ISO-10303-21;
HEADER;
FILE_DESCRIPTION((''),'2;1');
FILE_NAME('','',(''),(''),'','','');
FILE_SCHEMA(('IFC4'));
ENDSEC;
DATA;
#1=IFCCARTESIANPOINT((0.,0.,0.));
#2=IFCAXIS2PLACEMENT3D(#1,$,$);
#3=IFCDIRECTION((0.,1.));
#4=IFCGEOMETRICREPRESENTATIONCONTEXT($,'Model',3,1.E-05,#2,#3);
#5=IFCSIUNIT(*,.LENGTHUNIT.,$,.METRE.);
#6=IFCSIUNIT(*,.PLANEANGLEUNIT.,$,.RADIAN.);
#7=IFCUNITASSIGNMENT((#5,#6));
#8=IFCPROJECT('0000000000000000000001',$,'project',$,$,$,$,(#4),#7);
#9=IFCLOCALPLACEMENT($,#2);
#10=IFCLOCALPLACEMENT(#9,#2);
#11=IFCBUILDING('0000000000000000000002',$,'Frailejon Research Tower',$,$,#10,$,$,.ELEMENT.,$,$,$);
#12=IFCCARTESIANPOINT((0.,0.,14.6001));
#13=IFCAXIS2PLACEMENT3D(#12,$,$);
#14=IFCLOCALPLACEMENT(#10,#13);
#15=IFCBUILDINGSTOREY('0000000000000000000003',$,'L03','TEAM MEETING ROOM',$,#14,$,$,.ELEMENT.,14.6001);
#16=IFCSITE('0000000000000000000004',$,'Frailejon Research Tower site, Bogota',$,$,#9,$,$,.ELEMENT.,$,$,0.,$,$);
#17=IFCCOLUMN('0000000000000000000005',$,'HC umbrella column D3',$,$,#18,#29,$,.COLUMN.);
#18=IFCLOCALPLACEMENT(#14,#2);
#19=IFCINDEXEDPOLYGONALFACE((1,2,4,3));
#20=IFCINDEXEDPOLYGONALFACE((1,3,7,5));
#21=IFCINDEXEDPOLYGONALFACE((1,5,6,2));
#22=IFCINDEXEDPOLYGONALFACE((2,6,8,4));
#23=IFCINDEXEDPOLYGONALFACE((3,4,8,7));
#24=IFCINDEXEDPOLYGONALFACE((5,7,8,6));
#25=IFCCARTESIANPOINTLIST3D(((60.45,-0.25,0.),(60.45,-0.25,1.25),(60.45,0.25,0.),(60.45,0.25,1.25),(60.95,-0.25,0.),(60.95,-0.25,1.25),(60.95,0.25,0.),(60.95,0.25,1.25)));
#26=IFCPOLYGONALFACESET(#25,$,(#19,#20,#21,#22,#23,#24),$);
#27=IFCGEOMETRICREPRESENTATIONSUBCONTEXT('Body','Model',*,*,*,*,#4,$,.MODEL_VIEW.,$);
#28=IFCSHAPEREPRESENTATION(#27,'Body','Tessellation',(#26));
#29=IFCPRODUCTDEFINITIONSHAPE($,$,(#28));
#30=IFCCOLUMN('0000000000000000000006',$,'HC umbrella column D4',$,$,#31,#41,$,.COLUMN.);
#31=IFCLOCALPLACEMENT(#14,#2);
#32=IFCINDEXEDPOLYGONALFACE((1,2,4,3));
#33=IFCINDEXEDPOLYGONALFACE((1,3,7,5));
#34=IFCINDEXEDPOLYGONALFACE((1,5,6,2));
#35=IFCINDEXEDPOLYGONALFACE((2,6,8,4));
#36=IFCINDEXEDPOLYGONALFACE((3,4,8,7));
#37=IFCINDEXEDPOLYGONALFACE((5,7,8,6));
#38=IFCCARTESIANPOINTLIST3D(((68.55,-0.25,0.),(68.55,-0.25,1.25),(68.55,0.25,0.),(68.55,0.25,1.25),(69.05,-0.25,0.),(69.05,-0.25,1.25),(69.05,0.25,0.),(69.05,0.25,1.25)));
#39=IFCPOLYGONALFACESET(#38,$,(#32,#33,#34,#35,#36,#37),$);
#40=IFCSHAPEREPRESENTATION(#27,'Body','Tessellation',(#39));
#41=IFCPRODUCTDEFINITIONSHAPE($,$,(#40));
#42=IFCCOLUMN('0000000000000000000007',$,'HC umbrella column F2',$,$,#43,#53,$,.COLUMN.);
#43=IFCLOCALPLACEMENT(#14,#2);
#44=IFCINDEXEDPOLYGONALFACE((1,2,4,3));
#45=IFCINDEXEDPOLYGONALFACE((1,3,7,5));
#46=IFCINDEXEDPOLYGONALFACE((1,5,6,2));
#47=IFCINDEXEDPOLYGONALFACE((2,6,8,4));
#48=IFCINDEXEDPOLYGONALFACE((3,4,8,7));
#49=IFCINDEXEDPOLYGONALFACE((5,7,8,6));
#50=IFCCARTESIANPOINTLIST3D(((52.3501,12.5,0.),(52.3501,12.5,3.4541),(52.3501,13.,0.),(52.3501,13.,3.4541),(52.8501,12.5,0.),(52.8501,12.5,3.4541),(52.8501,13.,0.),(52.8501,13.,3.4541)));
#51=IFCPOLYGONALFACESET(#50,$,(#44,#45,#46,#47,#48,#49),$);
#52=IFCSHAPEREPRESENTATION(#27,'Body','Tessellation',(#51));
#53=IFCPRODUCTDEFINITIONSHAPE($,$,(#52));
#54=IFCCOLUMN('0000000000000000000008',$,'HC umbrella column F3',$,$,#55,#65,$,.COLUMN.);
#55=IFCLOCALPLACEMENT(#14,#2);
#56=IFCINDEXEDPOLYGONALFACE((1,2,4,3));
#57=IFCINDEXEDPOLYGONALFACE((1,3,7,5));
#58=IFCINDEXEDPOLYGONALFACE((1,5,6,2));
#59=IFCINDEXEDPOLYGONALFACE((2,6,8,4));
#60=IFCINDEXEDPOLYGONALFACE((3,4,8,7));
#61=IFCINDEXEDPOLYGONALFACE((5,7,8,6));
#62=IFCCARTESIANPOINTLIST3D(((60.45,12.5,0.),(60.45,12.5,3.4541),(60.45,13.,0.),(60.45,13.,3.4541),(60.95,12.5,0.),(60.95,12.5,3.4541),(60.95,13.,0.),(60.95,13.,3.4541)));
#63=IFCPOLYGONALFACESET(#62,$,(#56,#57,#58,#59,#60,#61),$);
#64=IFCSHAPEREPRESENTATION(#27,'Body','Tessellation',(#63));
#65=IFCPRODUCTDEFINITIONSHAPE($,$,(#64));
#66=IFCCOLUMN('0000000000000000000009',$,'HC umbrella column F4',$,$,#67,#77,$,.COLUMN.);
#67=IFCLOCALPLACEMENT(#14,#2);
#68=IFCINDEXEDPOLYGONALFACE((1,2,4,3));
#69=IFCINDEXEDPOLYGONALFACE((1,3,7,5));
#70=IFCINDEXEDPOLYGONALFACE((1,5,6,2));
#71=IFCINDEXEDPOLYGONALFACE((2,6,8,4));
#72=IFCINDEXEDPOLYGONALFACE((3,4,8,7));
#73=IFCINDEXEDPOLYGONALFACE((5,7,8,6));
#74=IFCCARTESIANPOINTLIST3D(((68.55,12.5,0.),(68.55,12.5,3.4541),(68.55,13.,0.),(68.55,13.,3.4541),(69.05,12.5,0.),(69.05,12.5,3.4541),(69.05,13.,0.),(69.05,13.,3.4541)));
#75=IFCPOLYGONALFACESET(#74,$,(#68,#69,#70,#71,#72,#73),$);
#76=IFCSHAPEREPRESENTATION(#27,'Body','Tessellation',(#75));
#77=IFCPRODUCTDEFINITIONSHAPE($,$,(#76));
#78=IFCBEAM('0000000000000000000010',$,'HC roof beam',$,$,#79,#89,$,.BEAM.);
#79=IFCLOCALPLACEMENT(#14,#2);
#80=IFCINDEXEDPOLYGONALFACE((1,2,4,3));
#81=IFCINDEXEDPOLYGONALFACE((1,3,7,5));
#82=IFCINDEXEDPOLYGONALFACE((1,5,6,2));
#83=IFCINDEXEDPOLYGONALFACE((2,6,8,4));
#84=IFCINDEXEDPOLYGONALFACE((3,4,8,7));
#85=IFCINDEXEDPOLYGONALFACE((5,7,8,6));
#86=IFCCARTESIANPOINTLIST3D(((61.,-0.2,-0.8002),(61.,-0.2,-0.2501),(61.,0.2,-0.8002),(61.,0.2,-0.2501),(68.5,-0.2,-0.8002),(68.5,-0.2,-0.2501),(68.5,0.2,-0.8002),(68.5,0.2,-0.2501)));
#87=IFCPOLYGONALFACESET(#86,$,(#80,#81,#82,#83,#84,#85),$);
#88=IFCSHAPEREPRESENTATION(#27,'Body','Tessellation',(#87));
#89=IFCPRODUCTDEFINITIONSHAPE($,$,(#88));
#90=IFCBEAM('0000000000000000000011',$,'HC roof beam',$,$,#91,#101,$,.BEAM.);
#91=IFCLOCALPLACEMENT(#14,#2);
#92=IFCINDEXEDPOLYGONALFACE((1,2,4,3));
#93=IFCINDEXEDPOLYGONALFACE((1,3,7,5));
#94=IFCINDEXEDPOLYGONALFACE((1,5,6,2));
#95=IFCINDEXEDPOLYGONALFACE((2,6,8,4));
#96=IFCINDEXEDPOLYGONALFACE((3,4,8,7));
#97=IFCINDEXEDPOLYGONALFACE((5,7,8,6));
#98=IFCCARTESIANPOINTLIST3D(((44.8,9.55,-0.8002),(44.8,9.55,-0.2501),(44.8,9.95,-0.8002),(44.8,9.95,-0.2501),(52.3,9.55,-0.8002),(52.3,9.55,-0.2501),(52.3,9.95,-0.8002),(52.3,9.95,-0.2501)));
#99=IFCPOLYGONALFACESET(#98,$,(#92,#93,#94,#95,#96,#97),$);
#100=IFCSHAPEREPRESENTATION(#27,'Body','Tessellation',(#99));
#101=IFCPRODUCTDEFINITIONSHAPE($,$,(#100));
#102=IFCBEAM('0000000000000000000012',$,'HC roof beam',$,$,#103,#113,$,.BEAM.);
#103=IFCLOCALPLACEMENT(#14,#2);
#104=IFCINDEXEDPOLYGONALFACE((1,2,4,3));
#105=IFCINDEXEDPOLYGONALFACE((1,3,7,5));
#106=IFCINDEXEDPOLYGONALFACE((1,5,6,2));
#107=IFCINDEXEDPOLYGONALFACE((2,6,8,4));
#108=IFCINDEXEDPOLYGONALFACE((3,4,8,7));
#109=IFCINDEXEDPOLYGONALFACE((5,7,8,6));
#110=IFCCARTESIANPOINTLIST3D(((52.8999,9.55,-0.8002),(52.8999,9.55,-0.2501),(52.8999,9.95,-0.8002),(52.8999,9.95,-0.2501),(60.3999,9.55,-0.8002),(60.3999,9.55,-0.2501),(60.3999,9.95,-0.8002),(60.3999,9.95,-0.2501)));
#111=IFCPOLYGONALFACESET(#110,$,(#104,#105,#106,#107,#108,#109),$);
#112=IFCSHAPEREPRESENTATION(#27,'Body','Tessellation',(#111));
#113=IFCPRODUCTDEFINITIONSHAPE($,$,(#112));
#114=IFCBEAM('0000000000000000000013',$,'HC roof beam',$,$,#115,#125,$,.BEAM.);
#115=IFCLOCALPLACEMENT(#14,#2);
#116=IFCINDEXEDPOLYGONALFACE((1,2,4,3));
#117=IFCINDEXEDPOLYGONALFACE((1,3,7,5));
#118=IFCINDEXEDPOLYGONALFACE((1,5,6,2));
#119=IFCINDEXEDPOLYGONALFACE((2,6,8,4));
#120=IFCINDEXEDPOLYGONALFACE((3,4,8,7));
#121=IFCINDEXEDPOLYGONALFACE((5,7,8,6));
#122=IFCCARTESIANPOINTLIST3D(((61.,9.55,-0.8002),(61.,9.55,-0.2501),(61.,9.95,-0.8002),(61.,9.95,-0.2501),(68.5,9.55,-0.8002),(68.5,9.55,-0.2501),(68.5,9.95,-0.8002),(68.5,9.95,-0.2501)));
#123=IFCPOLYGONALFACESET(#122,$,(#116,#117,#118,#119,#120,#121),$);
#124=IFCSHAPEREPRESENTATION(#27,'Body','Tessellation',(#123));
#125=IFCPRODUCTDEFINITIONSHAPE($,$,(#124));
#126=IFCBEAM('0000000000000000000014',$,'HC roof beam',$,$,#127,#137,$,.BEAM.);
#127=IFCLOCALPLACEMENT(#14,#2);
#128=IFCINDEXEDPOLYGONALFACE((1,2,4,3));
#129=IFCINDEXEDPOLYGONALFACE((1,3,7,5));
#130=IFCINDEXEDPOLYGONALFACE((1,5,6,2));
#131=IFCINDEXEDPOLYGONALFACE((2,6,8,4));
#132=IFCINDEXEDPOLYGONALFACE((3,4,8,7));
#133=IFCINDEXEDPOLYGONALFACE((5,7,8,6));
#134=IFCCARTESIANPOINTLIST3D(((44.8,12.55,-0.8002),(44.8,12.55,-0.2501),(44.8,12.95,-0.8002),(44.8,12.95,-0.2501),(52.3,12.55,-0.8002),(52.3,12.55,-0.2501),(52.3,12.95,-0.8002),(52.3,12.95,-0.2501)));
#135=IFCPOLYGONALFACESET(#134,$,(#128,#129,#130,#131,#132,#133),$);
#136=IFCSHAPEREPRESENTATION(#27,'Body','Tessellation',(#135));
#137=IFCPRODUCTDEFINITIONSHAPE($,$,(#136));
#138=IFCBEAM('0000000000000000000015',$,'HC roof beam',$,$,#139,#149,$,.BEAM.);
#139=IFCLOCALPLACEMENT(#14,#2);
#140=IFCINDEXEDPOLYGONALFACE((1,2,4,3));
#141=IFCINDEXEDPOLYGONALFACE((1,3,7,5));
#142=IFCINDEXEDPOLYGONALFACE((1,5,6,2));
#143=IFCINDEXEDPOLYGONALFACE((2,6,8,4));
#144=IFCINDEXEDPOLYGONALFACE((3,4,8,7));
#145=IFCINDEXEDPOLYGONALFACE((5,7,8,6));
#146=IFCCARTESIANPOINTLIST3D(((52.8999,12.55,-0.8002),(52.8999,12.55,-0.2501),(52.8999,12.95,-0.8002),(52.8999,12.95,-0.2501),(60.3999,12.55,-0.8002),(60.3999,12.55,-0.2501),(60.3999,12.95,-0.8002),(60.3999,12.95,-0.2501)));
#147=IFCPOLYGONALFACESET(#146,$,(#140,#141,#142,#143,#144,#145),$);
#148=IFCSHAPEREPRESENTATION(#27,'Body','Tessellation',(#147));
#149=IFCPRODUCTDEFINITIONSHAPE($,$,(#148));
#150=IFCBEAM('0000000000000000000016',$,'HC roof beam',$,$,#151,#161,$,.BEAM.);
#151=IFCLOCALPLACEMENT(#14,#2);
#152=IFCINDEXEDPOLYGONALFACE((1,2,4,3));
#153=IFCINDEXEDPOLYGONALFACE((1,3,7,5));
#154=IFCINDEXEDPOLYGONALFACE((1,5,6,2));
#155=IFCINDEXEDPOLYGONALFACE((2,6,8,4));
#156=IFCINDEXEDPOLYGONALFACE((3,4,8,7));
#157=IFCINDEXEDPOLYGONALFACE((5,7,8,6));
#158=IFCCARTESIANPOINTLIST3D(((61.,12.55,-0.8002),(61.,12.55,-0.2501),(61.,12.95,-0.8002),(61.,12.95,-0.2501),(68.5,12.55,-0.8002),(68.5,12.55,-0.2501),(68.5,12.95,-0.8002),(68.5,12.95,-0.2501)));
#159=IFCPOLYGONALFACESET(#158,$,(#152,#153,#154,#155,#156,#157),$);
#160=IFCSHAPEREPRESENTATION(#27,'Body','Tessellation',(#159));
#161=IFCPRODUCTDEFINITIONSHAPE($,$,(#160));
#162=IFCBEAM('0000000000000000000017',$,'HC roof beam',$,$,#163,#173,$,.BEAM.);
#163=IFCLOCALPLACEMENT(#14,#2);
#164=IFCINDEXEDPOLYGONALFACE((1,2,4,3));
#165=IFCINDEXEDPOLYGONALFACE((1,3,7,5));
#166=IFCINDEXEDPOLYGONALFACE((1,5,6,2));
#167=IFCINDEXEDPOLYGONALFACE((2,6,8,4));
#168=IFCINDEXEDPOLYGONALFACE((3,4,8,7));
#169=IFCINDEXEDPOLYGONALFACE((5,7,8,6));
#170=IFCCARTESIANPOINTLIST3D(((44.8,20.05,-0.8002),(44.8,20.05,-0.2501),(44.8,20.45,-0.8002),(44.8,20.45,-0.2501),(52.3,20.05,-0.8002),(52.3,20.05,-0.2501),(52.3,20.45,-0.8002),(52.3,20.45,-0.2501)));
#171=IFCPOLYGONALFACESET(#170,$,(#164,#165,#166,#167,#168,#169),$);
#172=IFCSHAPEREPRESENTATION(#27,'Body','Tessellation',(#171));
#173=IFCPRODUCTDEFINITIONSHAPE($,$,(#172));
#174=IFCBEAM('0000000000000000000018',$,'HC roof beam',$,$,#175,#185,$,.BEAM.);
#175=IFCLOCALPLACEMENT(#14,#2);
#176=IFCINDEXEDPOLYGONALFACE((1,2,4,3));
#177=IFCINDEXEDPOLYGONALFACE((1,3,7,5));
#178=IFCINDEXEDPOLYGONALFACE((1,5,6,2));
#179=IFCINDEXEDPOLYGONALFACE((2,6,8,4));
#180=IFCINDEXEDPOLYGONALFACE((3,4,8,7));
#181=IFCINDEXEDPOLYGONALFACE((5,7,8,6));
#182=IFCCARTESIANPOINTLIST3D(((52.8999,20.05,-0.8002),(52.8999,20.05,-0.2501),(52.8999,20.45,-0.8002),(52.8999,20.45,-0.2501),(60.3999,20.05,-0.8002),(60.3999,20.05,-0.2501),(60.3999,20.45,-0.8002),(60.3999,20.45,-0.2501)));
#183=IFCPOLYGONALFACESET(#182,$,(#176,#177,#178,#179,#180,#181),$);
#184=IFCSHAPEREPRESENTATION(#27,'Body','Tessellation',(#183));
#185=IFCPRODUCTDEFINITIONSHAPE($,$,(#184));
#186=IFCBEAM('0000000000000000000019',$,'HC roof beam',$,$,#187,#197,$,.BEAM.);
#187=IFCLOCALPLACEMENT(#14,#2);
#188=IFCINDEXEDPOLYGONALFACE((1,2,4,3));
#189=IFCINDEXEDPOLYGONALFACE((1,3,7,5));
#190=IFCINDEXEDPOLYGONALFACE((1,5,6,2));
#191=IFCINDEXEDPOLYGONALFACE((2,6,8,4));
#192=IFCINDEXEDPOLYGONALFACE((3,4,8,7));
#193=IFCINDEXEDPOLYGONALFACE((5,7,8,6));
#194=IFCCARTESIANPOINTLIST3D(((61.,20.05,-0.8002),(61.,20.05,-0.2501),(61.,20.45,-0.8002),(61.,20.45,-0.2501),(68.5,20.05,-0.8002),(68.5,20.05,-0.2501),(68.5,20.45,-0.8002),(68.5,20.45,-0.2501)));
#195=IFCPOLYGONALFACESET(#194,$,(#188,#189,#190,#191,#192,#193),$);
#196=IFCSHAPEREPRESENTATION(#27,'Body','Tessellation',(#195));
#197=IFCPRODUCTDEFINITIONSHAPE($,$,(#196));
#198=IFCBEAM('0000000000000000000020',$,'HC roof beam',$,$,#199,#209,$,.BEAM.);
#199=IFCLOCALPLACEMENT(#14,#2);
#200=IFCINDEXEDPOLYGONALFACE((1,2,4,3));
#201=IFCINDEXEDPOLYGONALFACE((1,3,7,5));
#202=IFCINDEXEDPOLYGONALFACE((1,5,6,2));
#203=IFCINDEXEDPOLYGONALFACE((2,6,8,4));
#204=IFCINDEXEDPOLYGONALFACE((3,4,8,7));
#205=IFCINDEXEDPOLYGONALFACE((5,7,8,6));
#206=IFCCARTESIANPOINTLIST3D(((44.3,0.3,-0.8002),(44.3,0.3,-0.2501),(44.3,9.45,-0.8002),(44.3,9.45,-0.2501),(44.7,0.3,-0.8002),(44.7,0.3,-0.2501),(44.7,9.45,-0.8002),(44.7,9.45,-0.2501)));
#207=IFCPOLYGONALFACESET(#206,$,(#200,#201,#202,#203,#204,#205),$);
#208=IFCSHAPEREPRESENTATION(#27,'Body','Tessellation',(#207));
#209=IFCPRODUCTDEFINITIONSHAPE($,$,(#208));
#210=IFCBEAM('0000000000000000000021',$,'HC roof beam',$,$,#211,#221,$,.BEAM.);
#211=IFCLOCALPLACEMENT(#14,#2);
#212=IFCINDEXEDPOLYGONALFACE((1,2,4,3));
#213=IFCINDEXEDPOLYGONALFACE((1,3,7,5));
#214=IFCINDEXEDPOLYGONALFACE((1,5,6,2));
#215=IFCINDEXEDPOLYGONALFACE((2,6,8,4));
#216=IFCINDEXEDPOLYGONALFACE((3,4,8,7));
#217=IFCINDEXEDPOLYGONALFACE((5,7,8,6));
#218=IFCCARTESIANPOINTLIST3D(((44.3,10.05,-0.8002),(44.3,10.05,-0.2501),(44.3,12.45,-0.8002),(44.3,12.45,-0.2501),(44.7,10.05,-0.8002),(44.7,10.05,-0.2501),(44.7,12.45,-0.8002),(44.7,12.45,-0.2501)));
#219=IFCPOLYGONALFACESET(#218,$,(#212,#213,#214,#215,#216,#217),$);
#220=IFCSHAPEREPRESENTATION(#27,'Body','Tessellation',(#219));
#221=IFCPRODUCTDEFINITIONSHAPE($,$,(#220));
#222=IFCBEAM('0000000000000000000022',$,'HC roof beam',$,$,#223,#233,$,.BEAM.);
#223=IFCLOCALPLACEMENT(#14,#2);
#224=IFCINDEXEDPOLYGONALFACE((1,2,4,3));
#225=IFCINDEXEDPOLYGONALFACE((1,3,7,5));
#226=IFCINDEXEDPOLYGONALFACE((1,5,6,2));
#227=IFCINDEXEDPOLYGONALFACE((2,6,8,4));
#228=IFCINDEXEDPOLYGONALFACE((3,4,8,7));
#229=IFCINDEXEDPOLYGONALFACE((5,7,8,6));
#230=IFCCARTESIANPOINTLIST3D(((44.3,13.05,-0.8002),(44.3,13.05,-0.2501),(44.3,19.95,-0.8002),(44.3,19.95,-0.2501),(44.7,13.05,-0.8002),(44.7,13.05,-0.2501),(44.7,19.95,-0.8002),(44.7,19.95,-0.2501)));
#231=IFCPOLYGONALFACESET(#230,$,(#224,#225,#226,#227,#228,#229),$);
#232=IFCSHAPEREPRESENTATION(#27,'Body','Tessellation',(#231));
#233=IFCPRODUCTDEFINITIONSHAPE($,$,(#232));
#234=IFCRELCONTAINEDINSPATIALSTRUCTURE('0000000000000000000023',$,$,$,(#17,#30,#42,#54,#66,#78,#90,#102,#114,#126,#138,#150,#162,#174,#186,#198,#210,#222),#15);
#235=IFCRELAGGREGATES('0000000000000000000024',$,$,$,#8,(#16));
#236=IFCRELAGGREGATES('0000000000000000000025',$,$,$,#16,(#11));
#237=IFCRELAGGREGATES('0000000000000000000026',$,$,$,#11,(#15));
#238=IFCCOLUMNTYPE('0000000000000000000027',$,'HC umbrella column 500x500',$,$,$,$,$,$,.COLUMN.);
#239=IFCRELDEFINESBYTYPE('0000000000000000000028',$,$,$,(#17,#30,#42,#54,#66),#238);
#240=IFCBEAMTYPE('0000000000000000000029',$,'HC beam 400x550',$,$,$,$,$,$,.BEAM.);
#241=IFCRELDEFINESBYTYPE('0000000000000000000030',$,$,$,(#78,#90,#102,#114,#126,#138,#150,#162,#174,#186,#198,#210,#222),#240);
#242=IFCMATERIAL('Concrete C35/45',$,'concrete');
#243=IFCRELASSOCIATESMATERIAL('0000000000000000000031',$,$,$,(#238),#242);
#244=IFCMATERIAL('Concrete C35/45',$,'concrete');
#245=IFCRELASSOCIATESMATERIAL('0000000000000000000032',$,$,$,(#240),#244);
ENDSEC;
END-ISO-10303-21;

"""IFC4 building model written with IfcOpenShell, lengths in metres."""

from ifc_helpers import new_model, si_unit, direction, frame, origin, origin_2d, place, context, subcontext, project, spatial, rectangle, extrude, material, material_profile, profile_set, type_object, element, save


model = new_model("IFC4")

# Units and contexts
model_context = context("Model", 3, precision=1e-05, world=origin(), true_north=direction((0.0, 1.0)))
body_context = subcontext(model_context, "Body", "Model", "MODEL_VIEW")
ifc_project = project(units=[si_unit("LENGTHUNIT", "METRE"), si_unit("PLANEANGLEUNIT", "RADIAN")], contexts=[model_context])

# Site, building, storey
site_placement = place(None, origin())
site = spatial("IfcSite", under=ifc_project, at=site_placement, Name="Frailejon Research Tower site, Bogota", CompositionType="ELEMENT", RefElevation=0.0)
building_placement = place(site_placement, origin())
building = spatial("IfcBuilding", under=site, at=building_placement, Name="Frailejon Research Tower", CompositionType="ELEMENT")
storey_placement = place(building_placement, frame((0.0, 0.0, 14.6001)))
storey = spatial("IfcBuildingStorey", under=building, at=storey_placement, Name="L03", Description="TEAM MEETING ROOM", CompositionType="ELEMENT", Elevation=14.6001)

# Columns
ifc_material_1 = material(Name="Concrete C35/45", Category="concrete")
ifc_material_profile_1 = material_profile(ifc_material_1, rectangle(XDim=0.5, YDim=0.5, at=origin_2d()), Name="HC umbrella column 500x500")
ifc_profile_set_1 = profile_set([ifc_material_profile_1], Name="Concrete C35/45")
column_type = type_object("IfcColumnType", Name="HC umbrella column 500x500", PredefinedType="COLUMN", material=ifc_profile_set_1)
for number, where, z_axis, x_axis, name in (
    (1, (60.7, 0.0, 0.0), (0.0, 0.0, 1.0), (1.0, 0.0, 0.0), "HC umbrella column D3"),
    (2, (68.8, 0.0, 0.0), (0.0, 0.0, 1.0), (1.0, 0.0, 0.0), "HC umbrella column D4"),
):
    element("IfcColumn", number, at=place(storey_placement, frame(where, z_axis=z_axis, x_axis=x_axis)), inside=storey, type_object=column_type, Name=name, PredefinedType="COLUMN", context=body_context, shape_type="SweptSolid", body=[
        extrude(rectangle(XDim=0.5, YDim=0.5, at=origin_2d()), origin(), (0.0, 0.0, 1.0), 1.25),
    ])
for number, where, z_axis, x_axis, name in (
    (3, (52.6001, 12.75, 0.0), (0.0, 0.0, 1.0), (1.0, 0.0, 0.0), "HC umbrella column F2"),
    (4, (60.7, 12.75, 0.0), (0.0, 0.0, 1.0), (1.0, 0.0, 0.0), "HC umbrella column F3"),
    (5, (68.8, 12.75, 0.0), (0.0, 0.0, 1.0), (1.0, 0.0, 0.0), "HC umbrella column F4"),
):
    element("IfcColumn", number, at=place(storey_placement, frame(where, z_axis=z_axis, x_axis=x_axis)), inside=storey, type_object=column_type, Name=name, PredefinedType="COLUMN", context=body_context, shape_type="SweptSolid", body=[
        extrude(rectangle(XDim=0.5, YDim=0.5, at=origin_2d()), origin(), (0.0, 0.0, 1.0), 3.4541),
    ])

# Beams
ifc_material_2 = material(Name="Concrete C35/45", Category="concrete")
ifc_material_profile_2 = material_profile(ifc_material_2, rectangle(XDim=0.3999, YDim=0.55, at=origin_2d()), Name="HC beam 400x550")
ifc_profile_set_2 = profile_set([ifc_material_profile_2], Name="Concrete C35/45")
beam_type = type_object("IfcBeamType", Name="HC beam 400x550", PredefinedType="BEAM", material=ifc_profile_set_2)
for number, where, z_axis, x_axis, name in (
    (6, (61.0, 0.0, -0.5251), (1.0, 0.0, 0.0), (0.0, 1.0, 0.0), "HC roof beam"),
    (7, (44.8, 9.75, -0.5251), (1.0, 0.0, 0.0), (0.0, 1.0, 0.0), "HC roof beam"),
    (8, (52.8999, 9.75, -0.5251), (1.0, 0.0, 0.0), (0.0, 1.0, 0.0), "HC roof beam"),
    (9, (61.0, 9.75, -0.5251), (1.0, 0.0, 0.0), (0.0, 1.0, 0.0), "HC roof beam"),
    (10, (44.8, 12.75, -0.5251), (1.0, 0.0, 0.0), (0.0, 1.0, 0.0), "HC roof beam"),
    (11, (52.8999, 12.75, -0.5251), (1.0, 0.0, 0.0), (0.0, 1.0, 0.0), "HC roof beam"),
    (12, (61.0, 12.75, -0.5251), (1.0, 0.0, 0.0), (0.0, 1.0, 0.0), "HC roof beam"),
    (13, (44.8, 20.25, -0.5251), (1.0, 0.0, 0.0), (0.0, 1.0, 0.0), "HC roof beam"),
    (14, (52.8999, 20.25, -0.5251), (1.0, 0.0, 0.0), (0.0, 1.0, 0.0), "HC roof beam"),
    (15, (61.0, 20.25, -0.5251), (1.0, 0.0, 0.0), (0.0, 1.0, 0.0), "HC roof beam"),
):
    element("IfcBeam", number, at=place(storey_placement, frame(where, z_axis=z_axis, x_axis=x_axis)), inside=storey, type_object=beam_type, Name=name, PredefinedType="BEAM", context=body_context, shape_type="SweptSolid", body=[
        extrude(rectangle(XDim=0.3999, YDim=0.55, at=origin_2d()), origin(), (0.0, 0.0, 1.0), 7.5),
    ])
beam_1_placement = place(storey_placement, frame((44.5, 0.3, -0.5251), z_axis=(0.0, 1.0, 0.0), x_axis=(-1.0, 0.0, 0.0)))
element("IfcBeam", 16, at=beam_1_placement, inside=storey, type_object=beam_type, Name="HC roof beam", PredefinedType="BEAM", context=body_context, shape_type="SweptSolid", body=[
    extrude(rectangle(XDim=0.3999, YDim=0.55, at=origin_2d()), origin(), (0.0, 0.0, 1.0), 9.1499),
])
beam_2_placement = place(storey_placement, frame((44.5, 10.05, -0.5251), z_axis=(0.0, 1.0, 0.0), x_axis=(-1.0, 0.0, 0.0)))
element("IfcBeam", 17, at=beam_2_placement, inside=storey, type_object=beam_type, Name="HC roof beam", PredefinedType="BEAM", context=body_context, shape_type="SweptSolid", body=[
    extrude(rectangle(XDim=0.3999, YDim=0.55, at=origin_2d()), origin(), (0.0, 0.0, 1.0), 2.3999),
])
beam_3_placement = place(storey_placement, frame((44.5, 13.05, -0.5251), z_axis=(0.0, 1.0, 0.0), x_axis=(-1.0, 0.0, 0.0)))
element("IfcBeam", 18, at=beam_3_placement, inside=storey, type_object=beam_type, Name="HC roof beam", PredefinedType="BEAM", context=body_context, shape_type="SweptSolid", body=[
    extrude(rectangle(XDim=0.3999, YDim=0.55, at=origin_2d()), origin(), (0.0, 0.0, 1.0), 6.8999),
])

save(model, "model.ifc")
